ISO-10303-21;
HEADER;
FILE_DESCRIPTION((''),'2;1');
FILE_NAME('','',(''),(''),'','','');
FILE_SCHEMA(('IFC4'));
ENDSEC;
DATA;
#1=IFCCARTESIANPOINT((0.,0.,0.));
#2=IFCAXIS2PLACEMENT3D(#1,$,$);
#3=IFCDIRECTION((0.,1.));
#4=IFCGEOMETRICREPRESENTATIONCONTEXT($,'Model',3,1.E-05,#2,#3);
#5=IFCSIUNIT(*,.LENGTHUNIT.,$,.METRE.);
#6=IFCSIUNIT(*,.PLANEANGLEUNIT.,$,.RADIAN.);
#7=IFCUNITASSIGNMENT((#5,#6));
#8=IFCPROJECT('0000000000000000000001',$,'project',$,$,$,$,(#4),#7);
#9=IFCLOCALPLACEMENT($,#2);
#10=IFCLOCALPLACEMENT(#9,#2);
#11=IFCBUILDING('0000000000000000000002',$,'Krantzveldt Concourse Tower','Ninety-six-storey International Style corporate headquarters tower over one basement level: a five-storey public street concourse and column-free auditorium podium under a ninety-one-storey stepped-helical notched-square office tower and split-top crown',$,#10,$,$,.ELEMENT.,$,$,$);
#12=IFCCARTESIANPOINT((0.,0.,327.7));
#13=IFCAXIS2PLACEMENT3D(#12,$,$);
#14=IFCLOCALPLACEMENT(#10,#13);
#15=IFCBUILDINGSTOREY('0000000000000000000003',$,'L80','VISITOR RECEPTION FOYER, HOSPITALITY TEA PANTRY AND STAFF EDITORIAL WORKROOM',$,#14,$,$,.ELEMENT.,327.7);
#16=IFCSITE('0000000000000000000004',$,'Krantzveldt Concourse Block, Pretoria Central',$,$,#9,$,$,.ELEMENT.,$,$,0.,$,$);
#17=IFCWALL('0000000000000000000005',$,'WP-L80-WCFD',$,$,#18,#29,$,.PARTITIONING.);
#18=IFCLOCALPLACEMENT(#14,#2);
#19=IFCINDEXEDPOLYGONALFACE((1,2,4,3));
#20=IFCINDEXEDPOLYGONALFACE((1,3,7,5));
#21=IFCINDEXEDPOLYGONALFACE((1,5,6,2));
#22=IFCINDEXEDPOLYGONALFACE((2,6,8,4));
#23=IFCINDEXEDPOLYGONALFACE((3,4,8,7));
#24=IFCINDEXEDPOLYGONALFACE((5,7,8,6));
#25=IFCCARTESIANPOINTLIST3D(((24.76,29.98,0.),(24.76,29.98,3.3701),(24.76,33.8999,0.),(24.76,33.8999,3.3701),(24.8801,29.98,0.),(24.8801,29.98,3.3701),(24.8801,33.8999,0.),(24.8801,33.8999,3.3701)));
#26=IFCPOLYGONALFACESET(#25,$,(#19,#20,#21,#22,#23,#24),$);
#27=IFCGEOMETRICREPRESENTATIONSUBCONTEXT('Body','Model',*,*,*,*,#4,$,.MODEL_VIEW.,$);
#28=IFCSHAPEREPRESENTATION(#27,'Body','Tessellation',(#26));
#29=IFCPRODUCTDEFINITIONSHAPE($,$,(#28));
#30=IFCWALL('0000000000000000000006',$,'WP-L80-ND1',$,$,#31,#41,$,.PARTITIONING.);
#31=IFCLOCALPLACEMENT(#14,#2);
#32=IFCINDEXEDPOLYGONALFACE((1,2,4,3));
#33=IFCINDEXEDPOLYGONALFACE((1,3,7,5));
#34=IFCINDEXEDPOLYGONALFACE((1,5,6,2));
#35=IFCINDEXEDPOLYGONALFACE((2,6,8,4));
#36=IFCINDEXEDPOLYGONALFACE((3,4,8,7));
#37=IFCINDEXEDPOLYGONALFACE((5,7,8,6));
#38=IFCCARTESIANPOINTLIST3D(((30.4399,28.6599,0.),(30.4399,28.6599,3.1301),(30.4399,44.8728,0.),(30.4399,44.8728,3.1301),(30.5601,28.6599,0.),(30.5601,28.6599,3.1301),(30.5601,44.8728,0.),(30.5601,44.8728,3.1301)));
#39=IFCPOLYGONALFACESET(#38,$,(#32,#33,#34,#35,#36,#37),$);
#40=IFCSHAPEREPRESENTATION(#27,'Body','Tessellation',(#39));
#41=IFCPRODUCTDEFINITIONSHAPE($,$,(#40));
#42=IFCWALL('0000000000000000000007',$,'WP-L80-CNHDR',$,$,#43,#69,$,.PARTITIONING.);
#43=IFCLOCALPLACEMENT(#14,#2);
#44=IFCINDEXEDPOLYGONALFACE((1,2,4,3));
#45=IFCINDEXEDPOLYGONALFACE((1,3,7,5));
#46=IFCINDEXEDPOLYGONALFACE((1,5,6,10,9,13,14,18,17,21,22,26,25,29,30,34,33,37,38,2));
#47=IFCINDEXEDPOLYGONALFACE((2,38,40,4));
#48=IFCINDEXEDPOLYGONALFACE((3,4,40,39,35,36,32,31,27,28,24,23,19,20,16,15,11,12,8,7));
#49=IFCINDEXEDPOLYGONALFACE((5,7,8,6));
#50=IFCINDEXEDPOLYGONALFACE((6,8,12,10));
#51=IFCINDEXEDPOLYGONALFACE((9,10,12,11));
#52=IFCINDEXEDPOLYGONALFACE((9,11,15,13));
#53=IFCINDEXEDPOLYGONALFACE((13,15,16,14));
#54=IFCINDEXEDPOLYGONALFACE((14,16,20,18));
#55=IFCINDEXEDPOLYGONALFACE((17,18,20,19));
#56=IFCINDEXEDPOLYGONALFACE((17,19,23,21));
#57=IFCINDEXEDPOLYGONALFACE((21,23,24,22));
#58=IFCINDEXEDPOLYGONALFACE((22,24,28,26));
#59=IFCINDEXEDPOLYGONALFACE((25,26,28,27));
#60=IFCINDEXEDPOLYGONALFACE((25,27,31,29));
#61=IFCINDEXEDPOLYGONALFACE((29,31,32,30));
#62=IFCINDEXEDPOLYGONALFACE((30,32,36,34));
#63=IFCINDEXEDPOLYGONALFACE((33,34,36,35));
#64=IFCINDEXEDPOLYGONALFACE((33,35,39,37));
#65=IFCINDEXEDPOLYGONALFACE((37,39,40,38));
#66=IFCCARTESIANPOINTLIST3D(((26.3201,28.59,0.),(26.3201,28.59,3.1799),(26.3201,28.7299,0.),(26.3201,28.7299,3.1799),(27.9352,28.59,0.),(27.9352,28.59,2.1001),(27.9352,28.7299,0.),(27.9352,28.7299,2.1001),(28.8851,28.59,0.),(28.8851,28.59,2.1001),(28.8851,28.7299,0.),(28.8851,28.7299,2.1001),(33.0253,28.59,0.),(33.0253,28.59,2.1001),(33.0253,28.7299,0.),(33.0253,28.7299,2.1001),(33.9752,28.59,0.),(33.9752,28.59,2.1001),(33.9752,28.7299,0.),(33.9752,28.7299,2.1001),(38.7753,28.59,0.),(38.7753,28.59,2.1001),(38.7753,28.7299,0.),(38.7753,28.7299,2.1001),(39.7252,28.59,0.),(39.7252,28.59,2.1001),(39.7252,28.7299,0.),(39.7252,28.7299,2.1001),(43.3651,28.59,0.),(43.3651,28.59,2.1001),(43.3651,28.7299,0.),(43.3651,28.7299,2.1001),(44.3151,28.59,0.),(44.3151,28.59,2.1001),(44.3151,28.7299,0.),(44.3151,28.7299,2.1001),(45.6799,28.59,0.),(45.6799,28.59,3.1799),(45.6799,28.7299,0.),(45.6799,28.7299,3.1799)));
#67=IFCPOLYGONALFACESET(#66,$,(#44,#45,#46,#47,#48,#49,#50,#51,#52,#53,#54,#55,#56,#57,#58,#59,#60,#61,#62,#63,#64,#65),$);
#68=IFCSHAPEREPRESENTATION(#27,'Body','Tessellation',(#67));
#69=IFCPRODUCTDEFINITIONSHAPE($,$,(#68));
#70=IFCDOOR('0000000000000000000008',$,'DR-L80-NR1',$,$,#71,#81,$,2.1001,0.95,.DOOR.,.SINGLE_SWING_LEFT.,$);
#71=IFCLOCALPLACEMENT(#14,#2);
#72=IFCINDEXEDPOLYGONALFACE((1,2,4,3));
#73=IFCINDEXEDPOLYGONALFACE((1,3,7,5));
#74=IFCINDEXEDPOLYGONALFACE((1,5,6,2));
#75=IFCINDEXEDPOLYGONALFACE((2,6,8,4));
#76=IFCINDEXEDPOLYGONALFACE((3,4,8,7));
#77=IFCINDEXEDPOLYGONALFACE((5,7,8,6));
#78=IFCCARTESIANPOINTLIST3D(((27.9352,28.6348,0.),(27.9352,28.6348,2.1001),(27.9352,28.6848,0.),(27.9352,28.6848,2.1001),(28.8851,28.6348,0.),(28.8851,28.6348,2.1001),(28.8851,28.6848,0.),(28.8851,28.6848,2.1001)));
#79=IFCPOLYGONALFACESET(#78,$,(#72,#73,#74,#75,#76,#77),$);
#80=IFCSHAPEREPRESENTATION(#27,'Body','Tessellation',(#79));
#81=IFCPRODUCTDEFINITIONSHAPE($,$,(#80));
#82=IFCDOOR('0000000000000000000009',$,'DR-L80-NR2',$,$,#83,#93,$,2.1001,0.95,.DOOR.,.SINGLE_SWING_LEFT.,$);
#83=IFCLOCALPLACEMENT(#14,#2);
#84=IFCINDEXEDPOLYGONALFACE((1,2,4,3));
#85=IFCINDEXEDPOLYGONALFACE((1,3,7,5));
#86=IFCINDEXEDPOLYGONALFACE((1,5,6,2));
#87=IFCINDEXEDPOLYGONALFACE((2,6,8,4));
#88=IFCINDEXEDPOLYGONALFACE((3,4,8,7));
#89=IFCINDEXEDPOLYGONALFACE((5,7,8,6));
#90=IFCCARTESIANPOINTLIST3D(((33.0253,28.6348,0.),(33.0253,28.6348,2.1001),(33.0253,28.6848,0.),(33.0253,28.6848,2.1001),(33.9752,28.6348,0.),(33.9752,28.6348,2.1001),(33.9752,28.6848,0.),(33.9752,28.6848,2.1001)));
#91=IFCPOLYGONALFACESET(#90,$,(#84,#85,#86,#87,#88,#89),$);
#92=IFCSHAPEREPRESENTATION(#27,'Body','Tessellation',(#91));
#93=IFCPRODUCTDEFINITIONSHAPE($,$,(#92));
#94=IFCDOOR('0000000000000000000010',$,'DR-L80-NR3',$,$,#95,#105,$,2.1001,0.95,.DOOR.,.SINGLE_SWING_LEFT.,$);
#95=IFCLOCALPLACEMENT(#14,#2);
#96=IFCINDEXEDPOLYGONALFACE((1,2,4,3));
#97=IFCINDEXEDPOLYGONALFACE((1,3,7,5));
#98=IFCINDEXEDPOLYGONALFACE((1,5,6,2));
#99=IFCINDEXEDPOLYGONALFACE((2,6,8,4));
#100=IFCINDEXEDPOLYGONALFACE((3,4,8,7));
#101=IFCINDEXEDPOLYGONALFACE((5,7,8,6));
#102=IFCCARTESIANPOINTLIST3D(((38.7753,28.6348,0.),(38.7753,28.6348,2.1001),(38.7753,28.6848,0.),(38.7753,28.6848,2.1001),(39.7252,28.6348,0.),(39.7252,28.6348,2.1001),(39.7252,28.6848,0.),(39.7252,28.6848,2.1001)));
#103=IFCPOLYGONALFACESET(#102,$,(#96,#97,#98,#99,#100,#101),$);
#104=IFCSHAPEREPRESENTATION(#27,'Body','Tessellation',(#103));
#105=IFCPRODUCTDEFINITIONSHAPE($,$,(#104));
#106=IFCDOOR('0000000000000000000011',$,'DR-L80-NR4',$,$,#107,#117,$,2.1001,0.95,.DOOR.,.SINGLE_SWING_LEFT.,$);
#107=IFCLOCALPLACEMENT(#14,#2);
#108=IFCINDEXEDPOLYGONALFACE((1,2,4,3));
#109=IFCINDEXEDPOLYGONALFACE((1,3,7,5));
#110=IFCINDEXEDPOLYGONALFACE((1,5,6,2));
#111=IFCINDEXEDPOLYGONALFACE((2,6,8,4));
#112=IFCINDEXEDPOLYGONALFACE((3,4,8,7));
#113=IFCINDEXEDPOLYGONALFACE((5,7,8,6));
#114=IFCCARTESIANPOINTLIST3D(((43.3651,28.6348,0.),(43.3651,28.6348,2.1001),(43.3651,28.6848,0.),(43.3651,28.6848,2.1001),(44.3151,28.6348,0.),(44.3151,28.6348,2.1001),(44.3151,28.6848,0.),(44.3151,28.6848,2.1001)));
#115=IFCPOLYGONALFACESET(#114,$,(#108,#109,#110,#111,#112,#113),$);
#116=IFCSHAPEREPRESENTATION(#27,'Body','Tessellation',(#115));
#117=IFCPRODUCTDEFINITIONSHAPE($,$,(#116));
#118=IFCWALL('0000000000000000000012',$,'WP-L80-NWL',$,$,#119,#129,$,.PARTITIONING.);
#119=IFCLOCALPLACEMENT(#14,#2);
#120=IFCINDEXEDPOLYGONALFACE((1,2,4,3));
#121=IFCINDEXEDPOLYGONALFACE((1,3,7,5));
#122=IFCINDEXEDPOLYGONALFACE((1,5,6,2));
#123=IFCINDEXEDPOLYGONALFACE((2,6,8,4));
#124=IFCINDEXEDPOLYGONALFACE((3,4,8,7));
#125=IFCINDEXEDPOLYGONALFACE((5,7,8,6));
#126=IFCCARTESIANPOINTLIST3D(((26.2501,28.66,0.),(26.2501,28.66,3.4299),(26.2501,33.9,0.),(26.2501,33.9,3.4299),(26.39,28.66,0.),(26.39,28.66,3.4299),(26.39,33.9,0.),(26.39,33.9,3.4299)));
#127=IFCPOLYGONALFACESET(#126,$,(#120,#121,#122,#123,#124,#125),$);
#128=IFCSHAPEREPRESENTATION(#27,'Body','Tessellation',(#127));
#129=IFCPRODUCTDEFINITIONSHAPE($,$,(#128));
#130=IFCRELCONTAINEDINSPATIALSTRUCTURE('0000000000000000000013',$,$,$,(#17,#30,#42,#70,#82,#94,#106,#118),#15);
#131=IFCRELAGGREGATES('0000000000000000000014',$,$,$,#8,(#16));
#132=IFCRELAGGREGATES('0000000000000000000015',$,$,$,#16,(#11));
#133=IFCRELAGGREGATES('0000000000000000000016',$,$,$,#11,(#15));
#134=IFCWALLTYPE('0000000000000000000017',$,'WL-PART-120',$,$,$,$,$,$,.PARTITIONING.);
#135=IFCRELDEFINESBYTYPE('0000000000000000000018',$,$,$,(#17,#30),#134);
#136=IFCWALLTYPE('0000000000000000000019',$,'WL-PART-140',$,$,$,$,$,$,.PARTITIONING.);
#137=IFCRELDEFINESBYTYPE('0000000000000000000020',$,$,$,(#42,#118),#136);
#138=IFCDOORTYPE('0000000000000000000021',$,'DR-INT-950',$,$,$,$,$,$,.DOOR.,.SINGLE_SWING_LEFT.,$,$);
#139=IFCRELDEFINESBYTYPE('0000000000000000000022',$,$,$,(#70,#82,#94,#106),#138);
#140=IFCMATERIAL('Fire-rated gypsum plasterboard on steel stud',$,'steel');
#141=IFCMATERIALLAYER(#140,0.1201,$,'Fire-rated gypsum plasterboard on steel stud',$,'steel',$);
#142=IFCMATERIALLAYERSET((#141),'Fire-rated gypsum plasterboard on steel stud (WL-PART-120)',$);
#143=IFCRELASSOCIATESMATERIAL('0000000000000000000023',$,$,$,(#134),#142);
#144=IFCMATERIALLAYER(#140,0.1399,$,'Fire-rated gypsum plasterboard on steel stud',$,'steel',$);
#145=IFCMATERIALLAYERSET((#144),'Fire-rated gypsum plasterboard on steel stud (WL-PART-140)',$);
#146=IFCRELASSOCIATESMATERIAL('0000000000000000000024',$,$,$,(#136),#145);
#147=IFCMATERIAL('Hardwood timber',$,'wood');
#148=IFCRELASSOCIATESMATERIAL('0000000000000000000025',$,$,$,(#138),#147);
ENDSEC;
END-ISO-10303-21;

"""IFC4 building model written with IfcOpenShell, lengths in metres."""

from ifc_helpers import new_model, si_unit, direction, frame, frame_2d, origin, place, context, subcontext, project, spatial, rectangle, extrude, material, layer, layer_set, type_object, element, fill, save


model = new_model("IFC4")

# Units and contexts
model_context = context("Model", 3, precision=1e-05, world=origin(), true_north=direction((0.0, 1.0)))
body_context = subcontext(model_context, "Body", "Model", "MODEL_VIEW")
ifc_project = project(units=[si_unit("LENGTHUNIT", "METRE"), si_unit("PLANEANGLEUNIT", "RADIAN")], contexts=[model_context])

# Site, building, storey
site_placement = place(None, origin())
site = spatial("IfcSite", under=ifc_project, at=site_placement, Name="Krantzveldt Concourse Block, Pretoria Central", CompositionType="ELEMENT", RefElevation=0.0)
building_placement = place(site_placement, origin())
building = spatial("IfcBuilding", under=site, at=building_placement, Name="Krantzveldt Concourse Tower", Description="Ninety-six-storey International Style corporate headquarters tower over one basement level: a five-storey public street concourse and column-free auditorium podium under a ninety-one-storey stepped-helical notched-square office tower and split-top crown", CompositionType="ELEMENT")
storey_placement = place(building_placement, frame((0.0, 0.0, 327.7)))
storey = spatial("IfcBuildingStorey", under=building, at=storey_placement, Name="L80", Description="VISITOR RECEPTION FOYER, HOSPITALITY TEA PANTRY AND STAFF EDITORIAL WORKROOM", CompositionType="ELEMENT", Elevation=327.7)

# Shared definitions
ifc_material_1 = material(Name="Fire-rated gypsum plasterboard on steel stud", Category="steel")
ifc_layer_1 = layer(ifc_material_1, 0.1201, Name="Fire-rated gypsum plasterboard on steel stud", Category="steel")
ifc_layer_set_1 = layer_set([ifc_layer_1], Name="Fire-rated gypsum plasterboard on steel stud (WL-PART-120)")
wall_type_1 = type_object("IfcWallType", Name="WL-PART-120", PredefinedType="PARTITIONING", material=ifc_layer_set_1)
ifc_material_2 = material(Name="Hardwood timber", Category="wood")

# Walls
wall_1_placement = place(storey_placement, frame((24.8201, 29.98, 0.0), z_axis=(0.0, 0.0, 1.0), x_axis=(0.0, 1.0, 0.0)))
element("IfcWall", 1, at=wall_1_placement, inside=storey, type_object=wall_type_1, Name="WP-L80-WCFD", PredefinedType="PARTITIONING", context=body_context, shape_type="SweptSolid", body=[
    extrude(rectangle(XDim=3.9199, YDim=0.1201, at=frame_2d((1.96, 0.0))), origin(), (0.0, 0.0, 1.0), 3.3701),
])
wall_2_placement = place(storey_placement, frame((30.5, 28.6599, 0.0), z_axis=(0.0, 0.0, 1.0), x_axis=(0.0, 1.0, 0.0)))
element("IfcWall", 2, at=wall_2_placement, inside=storey, type_object=wall_type_1, Name="WP-L80-ND1", PredefinedType="PARTITIONING", context=body_context, shape_type="SweptSolid", body=[
    extrude(rectangle(XDim=16.2129, YDim=0.1201, at=frame_2d((8.1064, 0.0))), origin(), (0.0, 0.0, 1.0), 3.1301),
])

# Wall, openings, doors
ifc_layer_2 = layer(ifc_material_1, 0.1399, Name="Fire-rated gypsum plasterboard on steel stud", Category="steel")
ifc_layer_set_2 = layer_set([ifc_layer_2], Name="Fire-rated gypsum plasterboard on steel stud (WL-PART-140)")
wall_type_2 = type_object("IfcWallType", Name="WL-PART-140", PredefinedType="PARTITIONING", material=ifc_layer_set_2)
wall_3_placement = place(storey_placement, frame((26.3201, 28.6599, 0.0), z_axis=(0.0, 0.0, 1.0), x_axis=(1.0, 0.0, 0.0)))
wall_3 = element("IfcWall", 3, at=wall_3_placement, inside=storey, type_object=wall_type_2, Name="WP-L80-CNHDR", PredefinedType="PARTITIONING", context=body_context, shape_type="SweptSolid", body=[
    extrude(rectangle(XDim=19.3599, YDim=0.1399, at=frame_2d((9.6799, 0.0))), origin(), (0.0, 0.0, 1.0), 3.1799),
])
opening_1_placement = place(wall_3_placement, frame((1.615, 0.0, 0.0)))
opening_1 = element("IfcOpeningElement", 4, at=opening_1_placement, cuts=wall_3, PredefinedType="OPENING", context=body_context, shape_type="SweptSolid", body=[
    extrude(rectangle(XDim=0.95, YDim=2.1001, at=frame_2d((0.4751, 1.05))), frame((0.0, 0.0801, 0.0), z_axis=(0.0, -1.0, 0.0), x_axis=(1.0, 0.0, 0.0)), (0.0, 0.0, 1.0), 0.1599),
])
opening_2_placement = place(wall_3_placement, frame((6.7051, 0.0, 0.0)))
opening_2 = element("IfcOpeningElement", 5, at=opening_2_placement, cuts=wall_3, PredefinedType="OPENING", context=body_context, shape_type="SweptSolid", body=[
    extrude(rectangle(XDim=0.95, YDim=2.1001, at=frame_2d((0.4751, 1.05))), frame((0.0, 0.0801, 0.0), z_axis=(0.0, -1.0, 0.0), x_axis=(1.0, 0.0, 0.0)), (0.0, 0.0, 1.0), 0.1599),
])
opening_3_placement = place(wall_3_placement, frame((12.4551, 0.0, 0.0)))
opening_3 = element("IfcOpeningElement", 6, at=opening_3_placement, cuts=wall_3, PredefinedType="OPENING", context=body_context, shape_type="SweptSolid", body=[
    extrude(rectangle(XDim=0.95, YDim=2.1001, at=frame_2d((0.4751, 1.05))), frame((0.0, 0.0801, 0.0), z_axis=(0.0, -1.0, 0.0), x_axis=(1.0, 0.0, 0.0)), (0.0, 0.0, 1.0), 0.1599),
])
opening_4_placement = place(wall_3_placement, frame((17.0449, 0.0, 0.0)))
opening_4 = element("IfcOpeningElement", 7, at=opening_4_placement, cuts=wall_3, PredefinedType="OPENING", context=body_context, shape_type="SweptSolid", body=[
    extrude(rectangle(XDim=0.95, YDim=2.1001, at=frame_2d((0.4751, 1.05))), frame((0.0, 0.0801, 0.0), z_axis=(0.0, -1.0, 0.0), x_axis=(1.0, 0.0, 0.0)), (0.0, 0.0, 1.0), 0.1599),
])
door_type_1 = type_object("IfcDoorType", Name="DR-INT-950", OperationType="SINGLE_SWING_LEFT", PredefinedType="DOOR", material=ifc_material_2)
door_1_placement = place(opening_1_placement, origin())
door_1 = element("IfcDoor", 8, at=door_1_placement, inside=storey, type_object=door_type_1, Name="DR-L80-NR1", OperationType="SINGLE_SWING_LEFT", OverallHeight=2.1001, OverallWidth=0.95, PredefinedType="DOOR", context=body_context, shape_type="SweptSolid", body=[
    extrude(rectangle(XDim=0.95, YDim=2.1001, at=frame_2d((0.4751, 1.05))), frame((0.0, 0.0249, 0.0), z_axis=(0.0, -1.0, 0.0), x_axis=(1.0, 0.0, 0.0)), (0.0, 0.0, 1.0), 0.05),
])
fill(opening_1, door_1)
door_2_placement = place(opening_2_placement, origin())
door_2 = element("IfcDoor", 9, at=door_2_placement, inside=storey, type_object=door_type_1, Name="DR-L80-NR2", OperationType="SINGLE_SWING_LEFT", OverallHeight=2.1001, OverallWidth=0.95, PredefinedType="DOOR", context=body_context, shape_type="SweptSolid", body=[
    extrude(rectangle(XDim=0.95, YDim=2.1001, at=frame_2d((0.4751, 1.05))), frame((0.0, 0.0249, 0.0), z_axis=(0.0, -1.0, 0.0), x_axis=(1.0, 0.0, 0.0)), (0.0, 0.0, 1.0), 0.05),
])
fill(opening_2, door_2)
door_3_placement = place(opening_3_placement, origin())
door_3 = element("IfcDoor", 10, at=door_3_placement, inside=storey, type_object=door_type_1, Name="DR-L80-NR3", OperationType="SINGLE_SWING_LEFT", OverallHeight=2.1001, OverallWidth=0.95, PredefinedType="DOOR", context=body_context, shape_type="SweptSolid", body=[
    extrude(rectangle(XDim=0.95, YDim=2.1001, at=frame_2d((0.4751, 1.05))), frame((0.0, 0.0249, 0.0), z_axis=(0.0, -1.0, 0.0), x_axis=(1.0, 0.0, 0.0)), (0.0, 0.0, 1.0), 0.05),
])
fill(opening_3, door_3)
door_4_placement = place(opening_4_placement, origin())
door_4 = element("IfcDoor", 11, at=door_4_placement, inside=storey, type_object=door_type_1, Name="DR-L80-NR4", OperationType="SINGLE_SWING_LEFT", OverallHeight=2.1001, OverallWidth=0.95, PredefinedType="DOOR", context=body_context, shape_type="SweptSolid", body=[
    extrude(rectangle(XDim=0.95, YDim=2.1001, at=frame_2d((0.4751, 1.05))), frame((0.0, 0.0249, 0.0), z_axis=(0.0, -1.0, 0.0), x_axis=(1.0, 0.0, 0.0)), (0.0, 0.0, 1.0), 0.05),
])
fill(opening_4, door_4)

# Wall
wall_4_placement = place(storey_placement, frame((26.3201, 28.6599, 0.0), z_axis=(0.0, 0.0, 1.0), x_axis=(0.0, 1.0, 0.0)))
element("IfcWall", 12, at=wall_4_placement, inside=storey, type_object=wall_type_2, Name="WP-L80-NWL", PredefinedType="PARTITIONING", context=body_context, shape_type="SweptSolid", body=[
    extrude(rectangle(XDim=5.24, YDim=0.1399, at=frame_2d((2.6201, 0.0))), origin(), (0.0, 0.0, 1.0), 3.4299),
])

save(model, "model.ifc")
